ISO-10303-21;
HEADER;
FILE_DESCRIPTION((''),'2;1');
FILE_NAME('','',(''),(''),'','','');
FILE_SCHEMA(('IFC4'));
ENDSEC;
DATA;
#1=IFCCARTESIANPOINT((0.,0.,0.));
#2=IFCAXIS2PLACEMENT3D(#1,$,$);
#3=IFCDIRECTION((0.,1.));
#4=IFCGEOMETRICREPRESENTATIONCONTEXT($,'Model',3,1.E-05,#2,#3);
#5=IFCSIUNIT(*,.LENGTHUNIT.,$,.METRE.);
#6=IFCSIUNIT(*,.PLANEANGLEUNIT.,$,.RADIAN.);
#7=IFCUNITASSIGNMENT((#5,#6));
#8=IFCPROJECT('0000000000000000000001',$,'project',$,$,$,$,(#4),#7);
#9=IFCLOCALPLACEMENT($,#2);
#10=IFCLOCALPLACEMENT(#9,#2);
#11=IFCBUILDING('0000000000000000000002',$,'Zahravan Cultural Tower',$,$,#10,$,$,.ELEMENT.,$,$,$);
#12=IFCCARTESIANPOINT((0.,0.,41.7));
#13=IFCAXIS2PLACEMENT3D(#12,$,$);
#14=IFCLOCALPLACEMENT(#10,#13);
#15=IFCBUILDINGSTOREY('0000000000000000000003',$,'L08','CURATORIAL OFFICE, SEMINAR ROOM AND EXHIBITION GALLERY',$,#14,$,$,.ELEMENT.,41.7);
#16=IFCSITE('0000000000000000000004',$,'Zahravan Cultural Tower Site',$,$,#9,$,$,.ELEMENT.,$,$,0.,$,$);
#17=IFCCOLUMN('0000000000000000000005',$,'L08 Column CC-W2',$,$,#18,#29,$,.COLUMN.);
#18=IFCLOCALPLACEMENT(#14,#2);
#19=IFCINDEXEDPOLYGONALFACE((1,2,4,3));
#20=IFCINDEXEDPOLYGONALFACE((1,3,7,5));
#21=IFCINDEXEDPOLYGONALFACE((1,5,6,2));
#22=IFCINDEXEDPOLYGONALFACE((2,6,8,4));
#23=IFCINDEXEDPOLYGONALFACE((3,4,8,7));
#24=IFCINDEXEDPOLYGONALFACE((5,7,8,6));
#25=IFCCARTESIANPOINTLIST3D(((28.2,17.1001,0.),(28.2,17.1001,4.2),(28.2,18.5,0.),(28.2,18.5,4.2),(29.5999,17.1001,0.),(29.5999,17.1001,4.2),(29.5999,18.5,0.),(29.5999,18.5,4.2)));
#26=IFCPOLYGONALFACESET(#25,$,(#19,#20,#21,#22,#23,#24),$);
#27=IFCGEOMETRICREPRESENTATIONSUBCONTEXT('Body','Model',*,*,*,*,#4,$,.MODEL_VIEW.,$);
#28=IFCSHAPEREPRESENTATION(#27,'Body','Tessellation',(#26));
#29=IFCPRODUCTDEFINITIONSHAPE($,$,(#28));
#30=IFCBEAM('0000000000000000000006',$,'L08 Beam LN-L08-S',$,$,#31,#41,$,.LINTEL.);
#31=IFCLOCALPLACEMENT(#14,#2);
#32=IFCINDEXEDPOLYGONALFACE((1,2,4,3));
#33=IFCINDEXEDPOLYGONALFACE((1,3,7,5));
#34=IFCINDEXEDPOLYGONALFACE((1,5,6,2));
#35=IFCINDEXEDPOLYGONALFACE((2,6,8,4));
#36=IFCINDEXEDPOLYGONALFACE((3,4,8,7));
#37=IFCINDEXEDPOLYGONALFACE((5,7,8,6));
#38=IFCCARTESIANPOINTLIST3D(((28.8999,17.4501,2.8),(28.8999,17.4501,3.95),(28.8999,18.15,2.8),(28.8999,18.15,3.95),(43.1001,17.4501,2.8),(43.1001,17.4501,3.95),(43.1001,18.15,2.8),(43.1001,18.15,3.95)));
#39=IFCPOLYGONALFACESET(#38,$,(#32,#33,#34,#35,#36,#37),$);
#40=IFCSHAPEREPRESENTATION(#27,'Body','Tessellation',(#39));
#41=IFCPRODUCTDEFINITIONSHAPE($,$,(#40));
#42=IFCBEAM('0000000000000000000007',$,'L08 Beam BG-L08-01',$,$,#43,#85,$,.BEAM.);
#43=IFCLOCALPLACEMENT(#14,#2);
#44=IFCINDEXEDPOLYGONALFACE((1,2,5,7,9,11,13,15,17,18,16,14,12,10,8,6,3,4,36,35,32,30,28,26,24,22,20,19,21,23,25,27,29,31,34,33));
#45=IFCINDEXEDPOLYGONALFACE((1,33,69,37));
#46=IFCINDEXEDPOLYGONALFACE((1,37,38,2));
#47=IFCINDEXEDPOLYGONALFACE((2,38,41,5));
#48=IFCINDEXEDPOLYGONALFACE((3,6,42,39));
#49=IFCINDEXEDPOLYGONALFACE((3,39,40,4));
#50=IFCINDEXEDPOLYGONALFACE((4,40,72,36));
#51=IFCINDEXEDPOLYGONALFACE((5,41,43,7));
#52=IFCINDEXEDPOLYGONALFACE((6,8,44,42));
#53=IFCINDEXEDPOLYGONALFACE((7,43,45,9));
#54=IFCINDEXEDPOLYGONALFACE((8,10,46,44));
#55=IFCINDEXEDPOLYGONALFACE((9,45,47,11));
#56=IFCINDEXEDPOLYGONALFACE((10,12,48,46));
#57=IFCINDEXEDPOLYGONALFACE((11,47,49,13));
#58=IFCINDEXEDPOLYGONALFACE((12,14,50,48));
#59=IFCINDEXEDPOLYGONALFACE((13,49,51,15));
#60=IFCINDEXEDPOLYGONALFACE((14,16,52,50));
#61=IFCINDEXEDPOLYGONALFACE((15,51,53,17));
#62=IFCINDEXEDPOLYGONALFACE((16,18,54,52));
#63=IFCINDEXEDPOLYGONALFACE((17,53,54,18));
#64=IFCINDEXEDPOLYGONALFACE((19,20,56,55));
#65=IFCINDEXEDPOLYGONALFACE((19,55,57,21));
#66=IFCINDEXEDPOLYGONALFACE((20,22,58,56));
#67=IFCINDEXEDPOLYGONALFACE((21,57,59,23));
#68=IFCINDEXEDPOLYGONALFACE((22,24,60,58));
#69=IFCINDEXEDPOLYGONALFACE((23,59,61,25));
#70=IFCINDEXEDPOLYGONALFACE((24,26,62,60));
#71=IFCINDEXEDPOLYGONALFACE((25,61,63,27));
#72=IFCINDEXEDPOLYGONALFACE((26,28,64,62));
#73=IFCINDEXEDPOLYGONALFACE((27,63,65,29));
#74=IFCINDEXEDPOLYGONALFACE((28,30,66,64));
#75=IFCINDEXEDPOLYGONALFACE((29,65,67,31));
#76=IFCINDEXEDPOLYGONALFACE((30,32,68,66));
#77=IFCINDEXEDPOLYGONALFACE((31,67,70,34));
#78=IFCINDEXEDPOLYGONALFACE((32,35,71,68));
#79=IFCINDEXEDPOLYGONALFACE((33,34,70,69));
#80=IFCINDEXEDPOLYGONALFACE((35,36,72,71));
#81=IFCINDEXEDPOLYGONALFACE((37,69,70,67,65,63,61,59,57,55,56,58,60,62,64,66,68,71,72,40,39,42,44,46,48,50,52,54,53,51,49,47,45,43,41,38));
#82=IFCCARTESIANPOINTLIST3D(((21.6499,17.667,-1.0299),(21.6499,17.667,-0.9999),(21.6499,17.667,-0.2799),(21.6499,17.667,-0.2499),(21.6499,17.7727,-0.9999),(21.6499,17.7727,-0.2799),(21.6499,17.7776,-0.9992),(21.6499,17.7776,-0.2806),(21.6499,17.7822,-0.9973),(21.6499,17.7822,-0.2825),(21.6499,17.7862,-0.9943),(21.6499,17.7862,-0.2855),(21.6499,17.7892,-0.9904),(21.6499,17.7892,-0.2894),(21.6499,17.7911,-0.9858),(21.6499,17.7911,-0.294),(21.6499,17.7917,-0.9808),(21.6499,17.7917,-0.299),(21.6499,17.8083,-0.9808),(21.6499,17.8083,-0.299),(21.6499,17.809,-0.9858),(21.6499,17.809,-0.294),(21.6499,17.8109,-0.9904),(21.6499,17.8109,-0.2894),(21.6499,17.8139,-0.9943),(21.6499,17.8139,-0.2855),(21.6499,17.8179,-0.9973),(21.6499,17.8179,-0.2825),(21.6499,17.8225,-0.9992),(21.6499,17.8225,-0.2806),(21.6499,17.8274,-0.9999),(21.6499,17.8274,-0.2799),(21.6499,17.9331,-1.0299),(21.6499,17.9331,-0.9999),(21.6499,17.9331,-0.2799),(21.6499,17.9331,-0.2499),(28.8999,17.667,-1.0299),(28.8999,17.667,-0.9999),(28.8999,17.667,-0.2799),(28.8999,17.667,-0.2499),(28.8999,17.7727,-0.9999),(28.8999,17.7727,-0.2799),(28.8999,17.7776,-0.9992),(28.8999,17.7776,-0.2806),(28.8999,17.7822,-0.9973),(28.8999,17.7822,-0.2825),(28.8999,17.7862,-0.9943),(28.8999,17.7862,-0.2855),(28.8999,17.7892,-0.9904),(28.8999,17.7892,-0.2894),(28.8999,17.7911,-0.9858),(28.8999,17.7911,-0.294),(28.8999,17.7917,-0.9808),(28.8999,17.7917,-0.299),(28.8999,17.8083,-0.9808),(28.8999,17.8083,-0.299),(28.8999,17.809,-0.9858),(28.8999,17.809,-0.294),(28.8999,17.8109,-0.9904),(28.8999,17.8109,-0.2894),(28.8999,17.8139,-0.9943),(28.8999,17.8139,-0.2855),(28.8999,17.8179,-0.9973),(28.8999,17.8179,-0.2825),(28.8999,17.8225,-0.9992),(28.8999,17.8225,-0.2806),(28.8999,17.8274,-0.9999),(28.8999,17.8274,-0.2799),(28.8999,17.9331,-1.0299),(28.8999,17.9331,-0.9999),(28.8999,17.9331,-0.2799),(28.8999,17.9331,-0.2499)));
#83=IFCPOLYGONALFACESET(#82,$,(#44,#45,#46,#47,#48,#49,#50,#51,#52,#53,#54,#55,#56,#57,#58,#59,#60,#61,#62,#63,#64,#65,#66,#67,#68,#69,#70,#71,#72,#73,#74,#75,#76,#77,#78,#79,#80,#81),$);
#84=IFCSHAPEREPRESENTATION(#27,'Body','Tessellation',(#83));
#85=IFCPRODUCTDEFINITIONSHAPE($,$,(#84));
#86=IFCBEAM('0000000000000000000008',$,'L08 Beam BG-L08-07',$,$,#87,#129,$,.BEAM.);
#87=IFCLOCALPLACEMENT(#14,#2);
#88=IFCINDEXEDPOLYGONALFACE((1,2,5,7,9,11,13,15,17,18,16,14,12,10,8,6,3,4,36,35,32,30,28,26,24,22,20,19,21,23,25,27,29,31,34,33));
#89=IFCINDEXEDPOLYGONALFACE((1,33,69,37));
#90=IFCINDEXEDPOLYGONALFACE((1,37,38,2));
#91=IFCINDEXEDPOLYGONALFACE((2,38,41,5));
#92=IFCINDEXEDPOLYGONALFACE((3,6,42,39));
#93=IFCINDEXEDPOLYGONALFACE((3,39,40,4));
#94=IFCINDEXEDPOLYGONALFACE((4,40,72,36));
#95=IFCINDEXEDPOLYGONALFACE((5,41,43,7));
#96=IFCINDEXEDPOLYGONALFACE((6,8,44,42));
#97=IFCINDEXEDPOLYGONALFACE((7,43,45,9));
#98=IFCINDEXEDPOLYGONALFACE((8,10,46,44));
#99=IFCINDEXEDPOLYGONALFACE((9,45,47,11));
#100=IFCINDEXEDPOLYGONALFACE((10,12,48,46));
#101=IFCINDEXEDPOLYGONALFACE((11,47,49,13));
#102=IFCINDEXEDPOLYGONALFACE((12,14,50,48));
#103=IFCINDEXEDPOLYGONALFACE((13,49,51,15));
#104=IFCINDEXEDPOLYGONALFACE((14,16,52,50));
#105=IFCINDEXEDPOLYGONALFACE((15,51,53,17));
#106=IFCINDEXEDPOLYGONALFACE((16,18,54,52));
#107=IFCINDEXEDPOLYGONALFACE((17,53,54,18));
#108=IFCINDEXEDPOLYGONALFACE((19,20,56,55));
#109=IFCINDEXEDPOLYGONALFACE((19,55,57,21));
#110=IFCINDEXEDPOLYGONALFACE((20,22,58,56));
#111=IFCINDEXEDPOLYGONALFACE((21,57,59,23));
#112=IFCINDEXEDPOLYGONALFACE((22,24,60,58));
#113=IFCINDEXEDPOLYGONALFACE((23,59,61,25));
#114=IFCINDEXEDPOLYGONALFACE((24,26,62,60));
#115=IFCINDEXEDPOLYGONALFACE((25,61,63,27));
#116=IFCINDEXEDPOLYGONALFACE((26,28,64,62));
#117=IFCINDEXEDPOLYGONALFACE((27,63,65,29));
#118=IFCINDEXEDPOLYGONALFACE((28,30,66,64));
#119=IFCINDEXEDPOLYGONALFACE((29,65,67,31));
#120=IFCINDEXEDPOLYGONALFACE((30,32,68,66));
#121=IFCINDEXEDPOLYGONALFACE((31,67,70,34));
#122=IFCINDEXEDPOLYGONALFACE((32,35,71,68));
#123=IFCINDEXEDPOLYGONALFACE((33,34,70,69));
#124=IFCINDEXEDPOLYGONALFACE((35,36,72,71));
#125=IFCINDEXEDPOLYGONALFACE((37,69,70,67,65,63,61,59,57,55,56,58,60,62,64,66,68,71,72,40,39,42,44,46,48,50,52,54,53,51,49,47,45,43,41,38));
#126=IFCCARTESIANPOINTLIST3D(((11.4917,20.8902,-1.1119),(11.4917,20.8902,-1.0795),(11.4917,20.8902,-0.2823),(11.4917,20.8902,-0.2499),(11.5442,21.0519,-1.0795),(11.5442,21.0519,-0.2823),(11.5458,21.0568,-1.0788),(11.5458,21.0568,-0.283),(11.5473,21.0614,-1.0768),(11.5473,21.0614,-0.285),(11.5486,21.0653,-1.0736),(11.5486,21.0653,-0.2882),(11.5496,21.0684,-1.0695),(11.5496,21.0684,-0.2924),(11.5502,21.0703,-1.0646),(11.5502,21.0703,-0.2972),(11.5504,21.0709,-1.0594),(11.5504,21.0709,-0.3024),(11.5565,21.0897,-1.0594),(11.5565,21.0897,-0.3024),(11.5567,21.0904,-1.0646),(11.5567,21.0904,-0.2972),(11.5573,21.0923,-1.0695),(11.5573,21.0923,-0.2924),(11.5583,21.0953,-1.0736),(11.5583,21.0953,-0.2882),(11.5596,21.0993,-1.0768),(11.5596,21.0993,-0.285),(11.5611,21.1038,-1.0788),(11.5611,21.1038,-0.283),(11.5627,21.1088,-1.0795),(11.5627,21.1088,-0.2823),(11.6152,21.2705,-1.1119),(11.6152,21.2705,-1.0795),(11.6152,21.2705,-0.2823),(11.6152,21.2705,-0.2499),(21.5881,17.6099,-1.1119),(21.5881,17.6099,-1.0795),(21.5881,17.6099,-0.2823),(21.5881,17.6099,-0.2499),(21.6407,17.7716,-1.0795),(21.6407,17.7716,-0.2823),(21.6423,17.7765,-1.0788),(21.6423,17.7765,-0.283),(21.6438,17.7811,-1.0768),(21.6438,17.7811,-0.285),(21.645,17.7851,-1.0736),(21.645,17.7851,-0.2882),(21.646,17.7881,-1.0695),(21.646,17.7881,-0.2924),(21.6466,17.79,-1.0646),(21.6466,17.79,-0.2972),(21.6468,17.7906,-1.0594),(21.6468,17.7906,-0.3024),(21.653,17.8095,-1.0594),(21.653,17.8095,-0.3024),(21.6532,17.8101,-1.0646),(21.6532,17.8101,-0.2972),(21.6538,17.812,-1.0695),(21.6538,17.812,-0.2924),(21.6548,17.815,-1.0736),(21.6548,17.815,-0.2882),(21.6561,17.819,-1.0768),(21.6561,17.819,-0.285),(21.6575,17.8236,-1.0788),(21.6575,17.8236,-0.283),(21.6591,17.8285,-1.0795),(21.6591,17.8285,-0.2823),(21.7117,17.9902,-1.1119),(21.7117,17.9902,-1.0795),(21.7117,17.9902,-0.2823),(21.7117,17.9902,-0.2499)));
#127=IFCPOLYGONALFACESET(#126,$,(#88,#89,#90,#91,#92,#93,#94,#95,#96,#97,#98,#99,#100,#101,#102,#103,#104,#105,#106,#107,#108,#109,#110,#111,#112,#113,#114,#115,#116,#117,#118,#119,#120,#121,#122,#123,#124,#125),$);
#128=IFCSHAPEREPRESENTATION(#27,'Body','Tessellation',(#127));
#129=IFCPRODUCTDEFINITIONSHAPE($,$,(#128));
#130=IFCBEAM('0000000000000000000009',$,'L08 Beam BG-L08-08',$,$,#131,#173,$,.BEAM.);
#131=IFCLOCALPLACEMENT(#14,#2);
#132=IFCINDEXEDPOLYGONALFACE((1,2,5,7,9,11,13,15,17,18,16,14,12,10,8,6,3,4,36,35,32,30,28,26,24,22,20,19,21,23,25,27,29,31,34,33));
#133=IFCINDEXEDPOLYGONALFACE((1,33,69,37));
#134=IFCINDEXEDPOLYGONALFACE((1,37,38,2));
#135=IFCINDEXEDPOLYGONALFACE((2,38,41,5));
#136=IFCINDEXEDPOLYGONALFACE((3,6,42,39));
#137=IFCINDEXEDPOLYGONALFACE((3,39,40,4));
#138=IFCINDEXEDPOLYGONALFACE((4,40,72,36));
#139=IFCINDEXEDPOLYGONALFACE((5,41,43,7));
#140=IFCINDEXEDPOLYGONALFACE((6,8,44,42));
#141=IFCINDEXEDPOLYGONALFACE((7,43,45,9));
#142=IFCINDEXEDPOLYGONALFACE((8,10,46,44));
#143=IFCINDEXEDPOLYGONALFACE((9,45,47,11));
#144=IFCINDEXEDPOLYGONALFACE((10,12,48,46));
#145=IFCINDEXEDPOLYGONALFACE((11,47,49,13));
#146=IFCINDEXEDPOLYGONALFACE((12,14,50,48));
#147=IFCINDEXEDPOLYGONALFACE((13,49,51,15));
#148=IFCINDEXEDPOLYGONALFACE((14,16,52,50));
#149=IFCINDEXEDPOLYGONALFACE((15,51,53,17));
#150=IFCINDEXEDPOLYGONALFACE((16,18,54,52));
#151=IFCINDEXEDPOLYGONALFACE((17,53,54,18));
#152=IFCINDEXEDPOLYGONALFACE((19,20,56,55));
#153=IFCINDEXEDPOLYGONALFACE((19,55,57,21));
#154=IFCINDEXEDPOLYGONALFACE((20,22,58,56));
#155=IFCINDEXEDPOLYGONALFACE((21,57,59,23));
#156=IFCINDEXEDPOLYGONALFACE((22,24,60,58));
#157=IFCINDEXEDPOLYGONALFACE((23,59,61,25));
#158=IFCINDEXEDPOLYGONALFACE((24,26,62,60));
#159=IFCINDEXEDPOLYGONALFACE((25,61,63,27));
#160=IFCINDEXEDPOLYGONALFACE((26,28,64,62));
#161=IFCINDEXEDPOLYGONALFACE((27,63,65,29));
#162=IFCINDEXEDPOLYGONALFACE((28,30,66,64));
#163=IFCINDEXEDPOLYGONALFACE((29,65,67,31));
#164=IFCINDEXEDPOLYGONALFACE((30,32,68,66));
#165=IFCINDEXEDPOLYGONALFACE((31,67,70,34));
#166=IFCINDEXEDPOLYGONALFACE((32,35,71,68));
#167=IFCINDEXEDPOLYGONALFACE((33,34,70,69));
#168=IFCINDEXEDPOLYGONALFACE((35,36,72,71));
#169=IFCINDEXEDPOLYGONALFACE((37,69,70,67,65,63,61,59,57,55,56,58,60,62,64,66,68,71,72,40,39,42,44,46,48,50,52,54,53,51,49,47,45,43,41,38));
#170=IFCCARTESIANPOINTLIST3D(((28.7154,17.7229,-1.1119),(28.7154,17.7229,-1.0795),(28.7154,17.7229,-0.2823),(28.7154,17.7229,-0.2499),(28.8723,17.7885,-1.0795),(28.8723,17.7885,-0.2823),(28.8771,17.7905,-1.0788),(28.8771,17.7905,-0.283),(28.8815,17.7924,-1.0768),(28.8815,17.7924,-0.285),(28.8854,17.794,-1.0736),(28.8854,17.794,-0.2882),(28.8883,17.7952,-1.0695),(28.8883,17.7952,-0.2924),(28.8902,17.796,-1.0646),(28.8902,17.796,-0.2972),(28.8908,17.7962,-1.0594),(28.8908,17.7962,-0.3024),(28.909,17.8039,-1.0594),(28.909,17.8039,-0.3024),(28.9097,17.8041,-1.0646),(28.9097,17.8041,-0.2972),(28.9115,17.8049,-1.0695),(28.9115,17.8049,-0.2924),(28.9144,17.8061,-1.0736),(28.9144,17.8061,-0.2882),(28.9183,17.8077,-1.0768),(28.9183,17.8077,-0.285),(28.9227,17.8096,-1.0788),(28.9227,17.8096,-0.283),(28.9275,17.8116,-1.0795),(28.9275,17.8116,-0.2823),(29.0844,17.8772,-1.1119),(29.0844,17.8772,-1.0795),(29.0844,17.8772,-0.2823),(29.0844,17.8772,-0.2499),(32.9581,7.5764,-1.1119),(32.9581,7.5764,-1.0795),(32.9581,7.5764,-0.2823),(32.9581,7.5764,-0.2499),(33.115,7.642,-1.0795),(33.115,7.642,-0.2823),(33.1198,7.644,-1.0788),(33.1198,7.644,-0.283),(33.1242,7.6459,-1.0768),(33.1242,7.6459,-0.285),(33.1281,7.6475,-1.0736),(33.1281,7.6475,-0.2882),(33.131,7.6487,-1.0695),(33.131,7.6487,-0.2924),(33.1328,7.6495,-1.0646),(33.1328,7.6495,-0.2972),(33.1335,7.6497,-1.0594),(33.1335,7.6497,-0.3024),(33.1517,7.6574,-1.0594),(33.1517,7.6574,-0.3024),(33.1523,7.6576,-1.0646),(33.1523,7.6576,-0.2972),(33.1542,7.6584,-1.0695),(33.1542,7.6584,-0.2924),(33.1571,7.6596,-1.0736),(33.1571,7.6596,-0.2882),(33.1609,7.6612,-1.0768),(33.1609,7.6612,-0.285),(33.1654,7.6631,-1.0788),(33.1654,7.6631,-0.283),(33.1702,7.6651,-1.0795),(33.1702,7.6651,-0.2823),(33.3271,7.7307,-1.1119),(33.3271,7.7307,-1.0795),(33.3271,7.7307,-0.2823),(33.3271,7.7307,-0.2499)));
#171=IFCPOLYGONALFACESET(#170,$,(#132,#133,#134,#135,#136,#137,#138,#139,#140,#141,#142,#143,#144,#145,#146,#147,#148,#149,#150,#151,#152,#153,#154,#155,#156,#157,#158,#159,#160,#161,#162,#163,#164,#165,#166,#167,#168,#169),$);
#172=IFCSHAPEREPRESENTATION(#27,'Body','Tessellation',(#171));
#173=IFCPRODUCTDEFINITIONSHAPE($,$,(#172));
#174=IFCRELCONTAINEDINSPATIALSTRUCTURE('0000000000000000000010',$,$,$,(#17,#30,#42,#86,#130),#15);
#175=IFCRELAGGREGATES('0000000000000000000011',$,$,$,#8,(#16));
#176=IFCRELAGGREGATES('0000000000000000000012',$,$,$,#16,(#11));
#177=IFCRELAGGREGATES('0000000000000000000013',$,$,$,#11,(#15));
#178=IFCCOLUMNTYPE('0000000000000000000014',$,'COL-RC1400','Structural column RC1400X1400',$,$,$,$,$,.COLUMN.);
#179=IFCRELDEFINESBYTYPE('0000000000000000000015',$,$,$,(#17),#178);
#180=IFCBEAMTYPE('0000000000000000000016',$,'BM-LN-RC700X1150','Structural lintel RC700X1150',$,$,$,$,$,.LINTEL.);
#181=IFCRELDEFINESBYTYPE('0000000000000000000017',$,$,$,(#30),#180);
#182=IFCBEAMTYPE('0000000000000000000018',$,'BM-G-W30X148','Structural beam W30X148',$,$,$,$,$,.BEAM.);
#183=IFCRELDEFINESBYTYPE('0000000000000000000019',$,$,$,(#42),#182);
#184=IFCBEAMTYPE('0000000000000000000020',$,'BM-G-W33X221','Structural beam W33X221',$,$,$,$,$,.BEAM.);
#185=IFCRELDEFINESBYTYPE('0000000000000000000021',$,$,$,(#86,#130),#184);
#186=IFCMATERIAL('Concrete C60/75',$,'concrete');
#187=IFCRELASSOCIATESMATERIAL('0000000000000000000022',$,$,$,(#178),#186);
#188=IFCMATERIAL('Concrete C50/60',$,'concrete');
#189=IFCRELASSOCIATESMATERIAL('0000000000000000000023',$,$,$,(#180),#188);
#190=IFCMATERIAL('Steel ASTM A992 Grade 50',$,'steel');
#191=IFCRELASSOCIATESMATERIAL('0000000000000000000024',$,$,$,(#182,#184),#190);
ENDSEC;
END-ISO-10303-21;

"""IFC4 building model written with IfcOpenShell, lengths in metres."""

from ifc_helpers import new_model, si_unit, direction, frame, origin, origin_2d, place, context, subcontext, project, spatial, rectangle, i_section, extrude, source, transform, mapped, material, material_profile, profile_set, type_object, element, save


model = new_model("IFC4")

# Units and contexts
model_context = context("Model", 3, precision=1e-05, world=origin(), true_north=direction((0.0, 1.0)))
body_context = subcontext(model_context, "Body", "Model", "MODEL_VIEW")
ifc_project = project(units=[si_unit("LENGTHUNIT", "METRE"), si_unit("PLANEANGLEUNIT", "RADIAN")], contexts=[model_context])

# Site, building, storey
site_placement = place(None, origin())
site = spatial("IfcSite", under=ifc_project, at=site_placement, Name="Zahravan Cultural Tower Site", CompositionType="ELEMENT", RefElevation=0.0)
building_placement = place(site_placement, origin())
building = spatial("IfcBuilding", under=site, at=building_placement, Name="Zahravan Cultural Tower", CompositionType="ELEMENT")
storey_placement = place(building_placement, frame((0.0, 0.0, 41.7)))
storey = spatial("IfcBuildingStorey", under=building, at=storey_placement, Name="L08", Description="CURATORIAL OFFICE, SEMINAR ROOM AND EXHIBITION GALLERY", CompositionType="ELEMENT", Elevation=41.7)

# Column
ifc_material_1 = material(Name="Concrete C60/75", Category="concrete")
ifc_material_profile_1 = material_profile(ifc_material_1, rectangle(XDim=1.3999, YDim=1.3999, at=origin_2d()), Name="RC1400X1400")
ifc_profile_set_1 = profile_set([ifc_material_profile_1], Name="Concrete C60/75")
column_type = type_object("IfcColumnType", Name="COL-RC1400", Description="Structural column RC1400X1400", PredefinedType="COLUMN", material=ifc_profile_set_1)
shared_shape_1 = source(origin(), body_context, "Body", "SweptSolid", [
    extrude(rectangle(XDim=1.3999, YDim=1.3999, at=origin_2d()), origin(), (0.0, 0.0, 1.0), 4.2),
])
column_placement = place(storey_placement, frame((28.8999, 17.8, 0.0), z_axis=(0.0, 0.0, 1.0), x_axis=(1.0, 0.0, 0.0)))
element("IfcColumn", 1, at=column_placement, inside=storey, type_object=column_type, Name="L08 Column CC-W2", PredefinedType="COLUMN", context=body_context, shape_type="MappedRepresentation", body=[
    mapped(shared_shape_1, transform((0.0, 0.0, 0.0), x_axis=(1.0, 0.0, 0.0), y_axis=(0.0, 1.0, 0.0), z_axis=(0.0, 0.0, 1.0), scale=1.0)),
])

# Beams
ifc_material_2 = material(Name="Concrete C50/60", Category="concrete")
ifc_material_profile_2 = material_profile(ifc_material_2, rectangle(XDim=0.7, YDim=1.1499, at=origin_2d()), Name="RC700X1150")
ifc_profile_set_2 = profile_set([ifc_material_profile_2], Name="Concrete C50/60")
beam_type_1 = type_object("IfcBeamType", Name="BM-LN-RC700X1150", Description="Structural lintel RC700X1150", PredefinedType="LINTEL", material=ifc_profile_set_2)
shared_shape_2 = source(origin(), body_context, "Body", "SweptSolid", [
    extrude(rectangle(XDim=0.7, YDim=1.1499, at=origin_2d()), origin(), (0.0, 0.0, 1.0), 14.2002),
])
beam_1_placement = place(storey_placement, frame((28.8999, 17.8, 3.375), z_axis=(1.0, 0.0, 0.0), x_axis=(0.0, 1.0, 0.0)))
element("IfcBeam", 2, at=beam_1_placement, inside=storey, type_object=beam_type_1, Name="L08 Beam LN-L08-S", PredefinedType="LINTEL", context=body_context, shape_type="MappedRepresentation", body=[
    mapped(shared_shape_2, transform((0.0, 0.0, 0.0), x_axis=(1.0, 0.0, 0.0), y_axis=(0.0, 1.0, 0.0), z_axis=(0.0, 0.0, 1.0), scale=1.0)),
])
ifc_material_3 = material(Name="Steel ASTM A992 Grade 50", Category="steel")
ifc_material_profile_3 = material_profile(ifc_material_3, i_section(OverallWidth=0.2661, OverallDepth=0.78, WebThickness=0.0166, FlangeThickness=0.03, FilletRadius=0.019, at=origin_2d()), Name="W30X148")
ifc_profile_set_3 = profile_set([ifc_material_profile_3], Name="Steel ASTM A992 Grade 50")
beam_type_2 = type_object("IfcBeamType", Name="BM-G-W30X148", Description="Structural beam W30X148", PredefinedType="BEAM", material=ifc_profile_set_3)
shared_shape_3 = source(origin(), body_context, "Body", "SweptSolid", [
    extrude(i_section(OverallWidth=0.2661, OverallDepth=0.78, WebThickness=0.0166, FlangeThickness=0.03, FilletRadius=0.019, at=origin_2d()), origin(), (0.0, 0.0, 1.0), 7.25),
])
beam_2_placement = place(storey_placement, frame((21.6499, 17.8, -0.6399), z_axis=(1.0, 0.0, 0.0), x_axis=(0.0, 1.0, 0.0)))
element("IfcBeam", 3, at=beam_2_placement, inside=storey, type_object=beam_type_2, Name="L08 Beam BG-L08-01", PredefinedType="BEAM", context=body_context, shape_type="MappedRepresentation", body=[
    mapped(shared_shape_3, transform((0.0, 0.0, 0.0), x_axis=(1.0, 0.0, 0.0), y_axis=(0.0, 1.0, 0.0), z_axis=(0.0, 0.0, 1.0), scale=1.0)),
])
ifc_material_profile_4 = material_profile(ifc_material_3, i_section(OverallWidth=0.3999, OverallDepth=0.8621, WebThickness=0.0198, FlangeThickness=0.0325, FilletRadius=0.02, at=origin_2d()), Name="W33X221")
ifc_profile_set_4 = profile_set([ifc_material_profile_4], Name="Steel ASTM A992 Grade 50")
beam_type_3 = type_object("IfcBeamType", Name="BM-G-W33X221", Description="Structural beam W33X221", PredefinedType="BEAM", material=ifc_profile_set_4)
shared_shape_4 = source(origin(), body_context, "Body", "SweptSolid", [
    extrude(i_section(OverallWidth=0.3999, OverallDepth=0.8621, WebThickness=0.0198, FlangeThickness=0.0325, FilletRadius=0.02, at=origin_2d()), origin(), (0.0, 0.0, 1.0), 10.616),
])
beam_3_placement = place(storey_placement, frame((21.6499, 17.8, -0.6809), z_axis=(-0.951064, 0.308995, 0.0), x_axis=(-0.308995, -0.951064, 0.0)))
element("IfcBeam", 4, at=beam_3_placement, inside=storey, type_object=beam_type_3, Name="L08 Beam BG-L08-07", PredefinedType="BEAM", context=body_context, shape_type="MappedRepresentation", body=[
    mapped(shared_shape_4, transform((0.0, 0.0, 0.0), x_axis=(1.0, 0.0, 0.0), y_axis=(0.0, 1.0, 0.0), z_axis=(0.0, 0.0, 1.0), scale=1.0)),
])
shared_shape_5 = source(origin(), body_context, "Body", "SweptSolid", [
    extrude(i_section(OverallWidth=0.3999, OverallDepth=0.8621, WebThickness=0.0198, FlangeThickness=0.0325, FilletRadius=0.02, at=origin_2d()), origin(), (0.0, 0.0, 1.0), 10.9978),
])
beam_4_placement = place(storey_placement, frame((28.8999, 17.8, -0.6809), z_axis=(0.385775, -0.922593, 0.0), x_axis=(0.922593, 0.385775, 0.0)))
element("IfcBeam", 5, at=beam_4_placement, inside=storey, type_object=beam_type_3, Name="L08 Beam BG-L08-08", PredefinedType="BEAM", context=body_context, shape_type="MappedRepresentation", body=[
    mapped(shared_shape_5, transform((0.0, 0.0, 0.0), x_axis=(1.0, 0.0, 0.0), y_axis=(0.0, 1.0, 0.0), z_axis=(0.0, 0.0, 1.0), scale=1.0)),
])

save(model, "model.ifc")
